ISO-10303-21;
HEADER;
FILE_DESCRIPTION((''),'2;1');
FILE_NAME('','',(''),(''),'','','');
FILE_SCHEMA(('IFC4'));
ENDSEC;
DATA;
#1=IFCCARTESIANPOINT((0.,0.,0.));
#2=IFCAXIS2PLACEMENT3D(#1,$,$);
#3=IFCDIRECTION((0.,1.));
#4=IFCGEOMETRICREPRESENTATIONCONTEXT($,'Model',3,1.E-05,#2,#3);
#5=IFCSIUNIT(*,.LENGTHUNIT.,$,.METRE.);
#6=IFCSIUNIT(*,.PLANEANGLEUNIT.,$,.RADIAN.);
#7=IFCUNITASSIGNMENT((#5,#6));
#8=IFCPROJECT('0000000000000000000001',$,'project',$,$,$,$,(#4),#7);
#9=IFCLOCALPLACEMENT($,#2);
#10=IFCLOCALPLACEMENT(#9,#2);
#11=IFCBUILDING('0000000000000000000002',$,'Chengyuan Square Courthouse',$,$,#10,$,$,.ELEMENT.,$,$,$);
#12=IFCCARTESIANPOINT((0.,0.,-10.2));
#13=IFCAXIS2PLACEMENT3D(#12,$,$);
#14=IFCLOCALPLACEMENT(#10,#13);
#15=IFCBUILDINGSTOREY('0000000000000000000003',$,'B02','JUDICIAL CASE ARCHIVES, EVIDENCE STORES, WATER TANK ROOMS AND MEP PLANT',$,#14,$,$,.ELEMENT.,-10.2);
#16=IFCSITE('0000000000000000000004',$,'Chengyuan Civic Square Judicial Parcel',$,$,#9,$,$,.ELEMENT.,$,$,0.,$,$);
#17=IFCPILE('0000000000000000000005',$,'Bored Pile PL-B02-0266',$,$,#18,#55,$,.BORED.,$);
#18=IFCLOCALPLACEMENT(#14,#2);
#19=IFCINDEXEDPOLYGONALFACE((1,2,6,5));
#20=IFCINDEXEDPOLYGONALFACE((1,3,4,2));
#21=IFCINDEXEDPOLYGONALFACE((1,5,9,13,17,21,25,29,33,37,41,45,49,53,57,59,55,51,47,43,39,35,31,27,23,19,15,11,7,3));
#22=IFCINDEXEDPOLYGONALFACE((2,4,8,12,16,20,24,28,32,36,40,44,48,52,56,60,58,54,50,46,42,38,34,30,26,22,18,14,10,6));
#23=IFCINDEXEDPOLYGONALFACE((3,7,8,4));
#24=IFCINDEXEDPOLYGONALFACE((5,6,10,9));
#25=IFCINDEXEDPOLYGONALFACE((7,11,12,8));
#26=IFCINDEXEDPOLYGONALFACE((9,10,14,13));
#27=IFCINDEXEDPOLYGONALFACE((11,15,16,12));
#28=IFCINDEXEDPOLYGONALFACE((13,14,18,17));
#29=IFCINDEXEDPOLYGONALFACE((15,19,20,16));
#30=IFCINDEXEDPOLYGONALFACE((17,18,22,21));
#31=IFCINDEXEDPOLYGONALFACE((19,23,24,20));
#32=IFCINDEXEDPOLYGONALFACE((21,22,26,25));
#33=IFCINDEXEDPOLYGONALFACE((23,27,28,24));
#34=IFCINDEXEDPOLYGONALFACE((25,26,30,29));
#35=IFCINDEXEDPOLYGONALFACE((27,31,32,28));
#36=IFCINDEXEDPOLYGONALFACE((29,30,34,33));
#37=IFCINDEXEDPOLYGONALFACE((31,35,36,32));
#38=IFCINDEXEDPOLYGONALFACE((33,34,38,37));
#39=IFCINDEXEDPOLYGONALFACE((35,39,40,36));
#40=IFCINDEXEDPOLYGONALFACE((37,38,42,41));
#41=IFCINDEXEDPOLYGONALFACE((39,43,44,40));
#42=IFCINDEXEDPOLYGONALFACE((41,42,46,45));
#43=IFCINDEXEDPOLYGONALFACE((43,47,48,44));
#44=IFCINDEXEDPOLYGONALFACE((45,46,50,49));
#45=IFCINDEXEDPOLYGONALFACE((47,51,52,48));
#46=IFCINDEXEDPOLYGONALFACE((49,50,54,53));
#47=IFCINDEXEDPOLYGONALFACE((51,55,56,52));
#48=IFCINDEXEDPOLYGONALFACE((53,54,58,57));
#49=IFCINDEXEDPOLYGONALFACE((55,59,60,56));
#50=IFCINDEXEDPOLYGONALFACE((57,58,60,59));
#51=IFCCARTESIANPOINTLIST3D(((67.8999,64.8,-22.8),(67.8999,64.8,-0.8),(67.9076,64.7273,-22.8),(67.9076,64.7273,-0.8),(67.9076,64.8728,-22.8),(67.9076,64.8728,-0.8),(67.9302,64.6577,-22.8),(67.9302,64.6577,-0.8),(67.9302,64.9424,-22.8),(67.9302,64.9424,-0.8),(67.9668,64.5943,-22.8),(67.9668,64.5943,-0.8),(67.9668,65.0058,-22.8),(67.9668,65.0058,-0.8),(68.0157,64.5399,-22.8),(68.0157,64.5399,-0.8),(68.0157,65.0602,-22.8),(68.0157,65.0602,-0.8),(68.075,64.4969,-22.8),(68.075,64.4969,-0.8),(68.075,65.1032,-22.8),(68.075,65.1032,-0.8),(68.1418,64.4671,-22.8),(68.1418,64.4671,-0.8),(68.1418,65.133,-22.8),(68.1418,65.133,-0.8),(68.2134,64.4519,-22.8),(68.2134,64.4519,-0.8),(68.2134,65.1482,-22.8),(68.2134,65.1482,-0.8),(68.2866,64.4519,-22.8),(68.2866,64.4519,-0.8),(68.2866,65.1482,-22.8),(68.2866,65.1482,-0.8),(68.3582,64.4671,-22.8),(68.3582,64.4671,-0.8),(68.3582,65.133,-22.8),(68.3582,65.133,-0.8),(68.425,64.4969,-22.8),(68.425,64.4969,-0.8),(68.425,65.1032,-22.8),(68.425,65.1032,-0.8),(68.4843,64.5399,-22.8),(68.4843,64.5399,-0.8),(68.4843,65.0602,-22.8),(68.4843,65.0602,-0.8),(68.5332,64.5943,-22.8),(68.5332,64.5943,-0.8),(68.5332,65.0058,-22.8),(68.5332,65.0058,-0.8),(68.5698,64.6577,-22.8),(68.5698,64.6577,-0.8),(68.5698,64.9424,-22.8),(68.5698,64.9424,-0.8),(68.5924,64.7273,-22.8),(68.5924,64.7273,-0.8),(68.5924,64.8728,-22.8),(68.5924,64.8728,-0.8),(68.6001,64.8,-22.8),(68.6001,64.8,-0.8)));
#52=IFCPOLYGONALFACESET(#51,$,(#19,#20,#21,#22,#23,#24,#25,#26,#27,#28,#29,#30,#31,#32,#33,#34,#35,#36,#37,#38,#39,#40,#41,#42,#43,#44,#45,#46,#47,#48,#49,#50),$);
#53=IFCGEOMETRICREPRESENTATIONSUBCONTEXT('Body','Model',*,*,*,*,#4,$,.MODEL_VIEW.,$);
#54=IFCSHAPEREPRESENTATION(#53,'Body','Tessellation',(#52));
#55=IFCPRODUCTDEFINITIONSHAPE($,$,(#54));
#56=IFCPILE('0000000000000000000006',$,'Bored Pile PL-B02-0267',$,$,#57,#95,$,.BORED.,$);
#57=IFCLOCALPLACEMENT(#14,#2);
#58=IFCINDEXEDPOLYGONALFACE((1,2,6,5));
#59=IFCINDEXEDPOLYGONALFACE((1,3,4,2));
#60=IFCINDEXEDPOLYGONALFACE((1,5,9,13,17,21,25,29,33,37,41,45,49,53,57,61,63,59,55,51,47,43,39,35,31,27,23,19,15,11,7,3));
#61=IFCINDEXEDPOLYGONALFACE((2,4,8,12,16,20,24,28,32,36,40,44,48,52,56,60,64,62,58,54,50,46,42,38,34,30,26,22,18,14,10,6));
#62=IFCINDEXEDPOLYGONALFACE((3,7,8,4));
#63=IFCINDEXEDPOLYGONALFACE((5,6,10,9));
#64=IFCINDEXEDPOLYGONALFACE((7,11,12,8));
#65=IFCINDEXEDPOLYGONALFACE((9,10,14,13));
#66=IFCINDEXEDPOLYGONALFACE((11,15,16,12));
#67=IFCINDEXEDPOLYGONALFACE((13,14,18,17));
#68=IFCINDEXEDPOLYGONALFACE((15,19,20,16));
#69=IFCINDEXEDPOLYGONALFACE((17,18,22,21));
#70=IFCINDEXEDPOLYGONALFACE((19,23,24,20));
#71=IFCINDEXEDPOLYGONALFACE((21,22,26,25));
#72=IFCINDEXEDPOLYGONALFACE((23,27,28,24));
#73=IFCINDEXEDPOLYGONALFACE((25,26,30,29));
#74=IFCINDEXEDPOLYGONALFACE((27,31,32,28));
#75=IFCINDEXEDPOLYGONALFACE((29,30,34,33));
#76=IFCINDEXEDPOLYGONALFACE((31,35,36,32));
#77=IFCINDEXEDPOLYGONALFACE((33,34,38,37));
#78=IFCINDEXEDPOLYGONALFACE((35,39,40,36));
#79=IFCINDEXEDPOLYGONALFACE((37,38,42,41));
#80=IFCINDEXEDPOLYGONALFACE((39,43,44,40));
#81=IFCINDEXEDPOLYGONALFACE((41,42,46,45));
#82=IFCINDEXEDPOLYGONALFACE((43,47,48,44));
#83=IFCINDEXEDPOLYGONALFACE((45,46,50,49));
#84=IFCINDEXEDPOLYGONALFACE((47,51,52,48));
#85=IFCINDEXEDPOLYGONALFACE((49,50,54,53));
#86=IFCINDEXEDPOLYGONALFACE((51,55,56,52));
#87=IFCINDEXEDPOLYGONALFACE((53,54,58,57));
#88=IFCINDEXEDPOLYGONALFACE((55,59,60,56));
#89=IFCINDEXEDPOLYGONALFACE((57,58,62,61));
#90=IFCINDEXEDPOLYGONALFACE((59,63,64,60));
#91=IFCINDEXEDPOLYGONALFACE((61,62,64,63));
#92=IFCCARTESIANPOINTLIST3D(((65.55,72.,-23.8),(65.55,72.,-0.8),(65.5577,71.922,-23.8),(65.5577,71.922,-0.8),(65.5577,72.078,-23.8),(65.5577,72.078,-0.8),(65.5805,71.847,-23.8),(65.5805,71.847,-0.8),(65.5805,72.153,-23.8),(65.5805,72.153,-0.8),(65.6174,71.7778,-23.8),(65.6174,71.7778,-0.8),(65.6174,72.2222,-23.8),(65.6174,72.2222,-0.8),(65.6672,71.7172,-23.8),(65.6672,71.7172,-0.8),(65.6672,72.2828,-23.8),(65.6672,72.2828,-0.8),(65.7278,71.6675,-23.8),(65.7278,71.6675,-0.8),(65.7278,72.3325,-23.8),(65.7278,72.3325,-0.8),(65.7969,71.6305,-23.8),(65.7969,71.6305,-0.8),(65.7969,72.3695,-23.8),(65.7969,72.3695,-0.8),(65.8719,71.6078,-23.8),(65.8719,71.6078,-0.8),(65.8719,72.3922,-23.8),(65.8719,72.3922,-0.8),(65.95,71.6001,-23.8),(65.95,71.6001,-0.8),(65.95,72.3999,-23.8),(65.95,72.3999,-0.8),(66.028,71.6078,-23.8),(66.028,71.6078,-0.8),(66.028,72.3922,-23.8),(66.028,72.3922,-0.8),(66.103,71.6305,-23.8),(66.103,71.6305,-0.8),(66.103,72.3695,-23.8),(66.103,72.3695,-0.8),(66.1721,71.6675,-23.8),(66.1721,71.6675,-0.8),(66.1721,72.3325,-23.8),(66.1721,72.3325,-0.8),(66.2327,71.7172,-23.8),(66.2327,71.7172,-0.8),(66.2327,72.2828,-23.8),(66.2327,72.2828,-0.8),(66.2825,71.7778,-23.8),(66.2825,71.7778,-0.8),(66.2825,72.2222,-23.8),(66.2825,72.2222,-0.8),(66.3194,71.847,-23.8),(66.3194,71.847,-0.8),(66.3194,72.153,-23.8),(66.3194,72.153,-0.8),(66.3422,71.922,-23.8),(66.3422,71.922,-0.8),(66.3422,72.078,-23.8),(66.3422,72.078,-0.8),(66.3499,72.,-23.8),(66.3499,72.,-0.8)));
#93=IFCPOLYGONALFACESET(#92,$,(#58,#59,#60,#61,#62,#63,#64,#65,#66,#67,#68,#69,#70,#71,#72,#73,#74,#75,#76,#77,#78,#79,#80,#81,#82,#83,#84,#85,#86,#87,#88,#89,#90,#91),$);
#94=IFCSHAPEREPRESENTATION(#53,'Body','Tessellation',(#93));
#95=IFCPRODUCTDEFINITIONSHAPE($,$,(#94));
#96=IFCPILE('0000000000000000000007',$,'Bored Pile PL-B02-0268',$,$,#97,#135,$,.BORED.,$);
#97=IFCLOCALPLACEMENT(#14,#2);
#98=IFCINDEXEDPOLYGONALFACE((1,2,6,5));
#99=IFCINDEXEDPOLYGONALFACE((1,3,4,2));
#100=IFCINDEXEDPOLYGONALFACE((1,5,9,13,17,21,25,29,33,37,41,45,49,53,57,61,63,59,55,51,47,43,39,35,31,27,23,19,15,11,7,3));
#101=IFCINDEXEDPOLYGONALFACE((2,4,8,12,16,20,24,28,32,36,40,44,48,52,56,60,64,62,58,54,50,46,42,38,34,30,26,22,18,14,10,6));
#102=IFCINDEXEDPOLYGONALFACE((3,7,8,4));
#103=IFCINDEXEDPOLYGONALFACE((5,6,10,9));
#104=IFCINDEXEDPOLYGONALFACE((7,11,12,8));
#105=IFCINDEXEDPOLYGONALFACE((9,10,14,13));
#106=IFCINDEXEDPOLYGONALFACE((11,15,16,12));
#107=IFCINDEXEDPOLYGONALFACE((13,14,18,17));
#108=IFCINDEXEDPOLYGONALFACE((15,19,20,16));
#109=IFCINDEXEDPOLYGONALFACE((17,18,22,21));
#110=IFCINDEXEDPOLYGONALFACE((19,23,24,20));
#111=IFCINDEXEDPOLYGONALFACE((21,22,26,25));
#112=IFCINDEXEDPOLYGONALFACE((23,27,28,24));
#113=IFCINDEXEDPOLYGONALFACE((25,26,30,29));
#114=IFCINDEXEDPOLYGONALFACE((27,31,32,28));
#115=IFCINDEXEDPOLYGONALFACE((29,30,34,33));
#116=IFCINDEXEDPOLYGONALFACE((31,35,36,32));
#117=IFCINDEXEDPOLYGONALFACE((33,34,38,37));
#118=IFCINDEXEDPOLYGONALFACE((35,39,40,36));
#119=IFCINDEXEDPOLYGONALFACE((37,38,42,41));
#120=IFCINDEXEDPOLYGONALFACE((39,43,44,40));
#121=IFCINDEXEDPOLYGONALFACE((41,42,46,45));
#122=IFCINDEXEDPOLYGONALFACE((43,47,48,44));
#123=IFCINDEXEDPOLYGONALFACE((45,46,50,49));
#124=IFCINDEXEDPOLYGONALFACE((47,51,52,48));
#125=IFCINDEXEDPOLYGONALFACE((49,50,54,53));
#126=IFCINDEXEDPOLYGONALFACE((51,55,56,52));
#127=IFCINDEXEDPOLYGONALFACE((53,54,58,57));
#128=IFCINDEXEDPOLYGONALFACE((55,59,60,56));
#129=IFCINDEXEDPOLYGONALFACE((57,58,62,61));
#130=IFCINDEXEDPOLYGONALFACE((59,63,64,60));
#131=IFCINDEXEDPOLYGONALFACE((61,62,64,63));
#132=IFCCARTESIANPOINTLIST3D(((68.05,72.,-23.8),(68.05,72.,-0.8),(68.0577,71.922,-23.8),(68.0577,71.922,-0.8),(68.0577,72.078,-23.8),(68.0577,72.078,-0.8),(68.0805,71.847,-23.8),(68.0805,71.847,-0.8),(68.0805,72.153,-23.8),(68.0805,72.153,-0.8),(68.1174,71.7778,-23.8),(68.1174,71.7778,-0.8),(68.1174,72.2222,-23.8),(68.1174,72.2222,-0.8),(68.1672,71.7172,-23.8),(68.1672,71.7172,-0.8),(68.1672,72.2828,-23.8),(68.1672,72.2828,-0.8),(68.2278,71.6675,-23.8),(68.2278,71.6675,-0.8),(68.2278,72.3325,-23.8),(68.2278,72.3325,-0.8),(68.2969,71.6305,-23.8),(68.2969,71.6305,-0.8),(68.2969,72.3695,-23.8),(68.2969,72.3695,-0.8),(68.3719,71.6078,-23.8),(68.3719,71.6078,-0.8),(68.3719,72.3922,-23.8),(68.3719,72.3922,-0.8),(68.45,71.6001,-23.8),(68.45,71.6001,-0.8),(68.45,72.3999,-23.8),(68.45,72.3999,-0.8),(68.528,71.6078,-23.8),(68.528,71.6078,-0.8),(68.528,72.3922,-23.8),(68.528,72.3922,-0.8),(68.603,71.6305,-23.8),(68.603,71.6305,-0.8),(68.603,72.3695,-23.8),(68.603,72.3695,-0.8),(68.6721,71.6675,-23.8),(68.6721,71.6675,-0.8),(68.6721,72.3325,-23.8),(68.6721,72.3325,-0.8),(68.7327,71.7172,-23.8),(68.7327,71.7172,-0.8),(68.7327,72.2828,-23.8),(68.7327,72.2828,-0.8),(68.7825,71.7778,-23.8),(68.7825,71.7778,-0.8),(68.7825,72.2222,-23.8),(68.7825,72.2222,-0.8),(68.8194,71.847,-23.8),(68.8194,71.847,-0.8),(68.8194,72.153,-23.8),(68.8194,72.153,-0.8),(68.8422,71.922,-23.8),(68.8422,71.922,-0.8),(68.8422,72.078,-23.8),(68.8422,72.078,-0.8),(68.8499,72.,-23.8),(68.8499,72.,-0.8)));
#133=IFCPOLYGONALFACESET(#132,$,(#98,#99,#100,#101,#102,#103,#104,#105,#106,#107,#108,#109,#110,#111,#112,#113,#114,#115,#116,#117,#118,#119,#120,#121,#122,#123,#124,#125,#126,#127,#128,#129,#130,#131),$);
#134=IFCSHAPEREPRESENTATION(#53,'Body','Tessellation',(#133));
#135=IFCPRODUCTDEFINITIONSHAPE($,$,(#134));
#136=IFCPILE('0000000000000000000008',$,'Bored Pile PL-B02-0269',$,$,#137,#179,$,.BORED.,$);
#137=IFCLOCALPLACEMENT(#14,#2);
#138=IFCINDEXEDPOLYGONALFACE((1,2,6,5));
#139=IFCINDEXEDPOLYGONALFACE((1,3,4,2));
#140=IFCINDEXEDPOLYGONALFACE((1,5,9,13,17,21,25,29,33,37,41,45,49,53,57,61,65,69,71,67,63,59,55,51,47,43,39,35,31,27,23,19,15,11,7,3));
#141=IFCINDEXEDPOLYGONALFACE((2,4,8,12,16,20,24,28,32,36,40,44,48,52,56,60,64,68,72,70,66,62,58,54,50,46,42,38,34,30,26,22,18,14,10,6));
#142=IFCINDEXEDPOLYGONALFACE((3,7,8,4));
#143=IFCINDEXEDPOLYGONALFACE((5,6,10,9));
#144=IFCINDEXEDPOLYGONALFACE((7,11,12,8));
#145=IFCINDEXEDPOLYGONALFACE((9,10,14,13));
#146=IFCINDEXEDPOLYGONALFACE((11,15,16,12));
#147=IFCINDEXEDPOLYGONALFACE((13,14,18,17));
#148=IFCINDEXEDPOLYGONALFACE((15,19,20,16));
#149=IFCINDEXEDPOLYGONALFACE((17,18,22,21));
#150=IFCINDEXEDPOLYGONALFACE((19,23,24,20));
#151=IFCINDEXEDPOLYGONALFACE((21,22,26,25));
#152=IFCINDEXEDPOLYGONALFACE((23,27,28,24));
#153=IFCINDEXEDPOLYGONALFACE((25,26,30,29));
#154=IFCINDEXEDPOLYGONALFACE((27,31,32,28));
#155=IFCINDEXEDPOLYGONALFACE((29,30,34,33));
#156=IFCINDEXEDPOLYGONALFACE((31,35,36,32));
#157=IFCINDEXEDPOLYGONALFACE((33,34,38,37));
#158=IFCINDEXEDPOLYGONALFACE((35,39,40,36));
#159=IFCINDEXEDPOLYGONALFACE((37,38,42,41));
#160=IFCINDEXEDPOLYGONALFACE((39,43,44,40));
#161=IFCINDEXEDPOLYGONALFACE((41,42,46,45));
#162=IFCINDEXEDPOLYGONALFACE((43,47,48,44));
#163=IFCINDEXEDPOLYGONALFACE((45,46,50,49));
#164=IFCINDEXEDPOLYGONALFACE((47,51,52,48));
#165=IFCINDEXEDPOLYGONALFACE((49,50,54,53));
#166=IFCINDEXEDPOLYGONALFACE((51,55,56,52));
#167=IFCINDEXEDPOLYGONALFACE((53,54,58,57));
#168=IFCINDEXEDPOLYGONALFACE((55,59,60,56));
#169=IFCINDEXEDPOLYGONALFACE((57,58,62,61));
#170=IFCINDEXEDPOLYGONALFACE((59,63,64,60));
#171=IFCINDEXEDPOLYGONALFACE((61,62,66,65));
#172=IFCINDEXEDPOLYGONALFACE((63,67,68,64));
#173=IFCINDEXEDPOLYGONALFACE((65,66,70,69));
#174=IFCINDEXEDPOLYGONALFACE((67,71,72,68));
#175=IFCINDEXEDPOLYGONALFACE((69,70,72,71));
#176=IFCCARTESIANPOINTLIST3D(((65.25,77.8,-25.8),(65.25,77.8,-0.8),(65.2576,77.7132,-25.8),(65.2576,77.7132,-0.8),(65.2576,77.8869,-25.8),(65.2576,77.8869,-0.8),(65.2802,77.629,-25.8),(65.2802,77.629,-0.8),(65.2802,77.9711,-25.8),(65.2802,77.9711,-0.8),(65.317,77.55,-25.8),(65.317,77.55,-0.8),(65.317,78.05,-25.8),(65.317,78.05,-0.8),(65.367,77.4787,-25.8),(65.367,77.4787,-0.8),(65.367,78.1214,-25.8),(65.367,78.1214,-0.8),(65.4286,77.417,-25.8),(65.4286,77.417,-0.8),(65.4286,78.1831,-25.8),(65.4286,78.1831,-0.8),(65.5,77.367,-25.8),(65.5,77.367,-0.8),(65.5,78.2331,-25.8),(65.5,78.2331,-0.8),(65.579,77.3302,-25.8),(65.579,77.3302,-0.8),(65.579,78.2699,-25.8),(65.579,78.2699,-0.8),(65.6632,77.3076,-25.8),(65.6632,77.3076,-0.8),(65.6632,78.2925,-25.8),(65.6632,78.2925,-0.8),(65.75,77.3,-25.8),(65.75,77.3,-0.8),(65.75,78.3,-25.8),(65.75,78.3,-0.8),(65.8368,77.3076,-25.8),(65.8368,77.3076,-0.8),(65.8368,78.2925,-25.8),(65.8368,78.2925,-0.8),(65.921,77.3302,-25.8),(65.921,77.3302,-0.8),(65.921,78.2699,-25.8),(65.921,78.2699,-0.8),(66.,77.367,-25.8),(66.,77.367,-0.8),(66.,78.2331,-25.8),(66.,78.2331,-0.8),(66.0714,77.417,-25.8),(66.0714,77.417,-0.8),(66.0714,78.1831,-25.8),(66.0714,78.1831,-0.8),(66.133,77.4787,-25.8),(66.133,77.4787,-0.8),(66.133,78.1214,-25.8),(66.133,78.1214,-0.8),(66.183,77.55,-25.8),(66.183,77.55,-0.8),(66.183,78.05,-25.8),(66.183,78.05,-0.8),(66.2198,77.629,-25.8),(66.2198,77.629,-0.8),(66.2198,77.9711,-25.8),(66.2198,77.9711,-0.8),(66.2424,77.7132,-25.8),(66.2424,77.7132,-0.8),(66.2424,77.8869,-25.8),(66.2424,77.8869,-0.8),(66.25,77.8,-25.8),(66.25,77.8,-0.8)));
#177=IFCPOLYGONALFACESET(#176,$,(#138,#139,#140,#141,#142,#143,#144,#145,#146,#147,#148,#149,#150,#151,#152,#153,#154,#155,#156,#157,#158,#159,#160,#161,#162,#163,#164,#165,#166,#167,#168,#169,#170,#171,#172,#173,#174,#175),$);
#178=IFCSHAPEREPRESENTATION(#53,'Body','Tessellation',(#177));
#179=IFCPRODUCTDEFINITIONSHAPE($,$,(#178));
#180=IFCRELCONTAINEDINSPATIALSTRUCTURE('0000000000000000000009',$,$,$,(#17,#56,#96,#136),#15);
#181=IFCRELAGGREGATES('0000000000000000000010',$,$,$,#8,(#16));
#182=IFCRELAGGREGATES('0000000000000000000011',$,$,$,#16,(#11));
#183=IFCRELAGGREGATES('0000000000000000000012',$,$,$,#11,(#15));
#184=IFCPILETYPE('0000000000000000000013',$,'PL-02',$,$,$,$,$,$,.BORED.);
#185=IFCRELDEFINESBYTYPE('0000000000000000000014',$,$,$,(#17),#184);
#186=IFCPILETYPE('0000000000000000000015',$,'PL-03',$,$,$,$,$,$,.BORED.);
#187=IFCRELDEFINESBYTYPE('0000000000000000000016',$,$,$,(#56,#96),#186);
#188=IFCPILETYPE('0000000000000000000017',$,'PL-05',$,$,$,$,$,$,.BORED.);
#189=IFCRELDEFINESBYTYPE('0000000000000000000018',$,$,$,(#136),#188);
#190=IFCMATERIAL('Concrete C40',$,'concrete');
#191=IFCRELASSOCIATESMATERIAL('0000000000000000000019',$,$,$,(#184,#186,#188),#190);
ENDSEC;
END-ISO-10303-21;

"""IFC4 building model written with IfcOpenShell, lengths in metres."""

from ifc_helpers import new_model, si_unit, direction, frame, origin, origin_2d, place, context, subcontext, project, spatial, circle, extrude, material, material_profile, profile_set, type_object, element, save


model = new_model("IFC4")

# Units and contexts
model_context = context("Model", 3, precision=1e-05, world=origin(), true_north=direction((0.0, 1.0)))
body_context = subcontext(model_context, "Body", "Model", "MODEL_VIEW")
ifc_project = project(units=[si_unit("LENGTHUNIT", "METRE"), si_unit("PLANEANGLEUNIT", "RADIAN")], contexts=[model_context])

# Site, building, storey
site_placement = place(None, origin())
site = spatial("IfcSite", under=ifc_project, at=site_placement, Name="Chengyuan Civic Square Judicial Parcel", CompositionType="ELEMENT", RefElevation=0.0)
building_placement = place(site_placement, origin())
building = spatial("IfcBuilding", under=site, at=building_placement, Name="Chengyuan Square Courthouse", CompositionType="ELEMENT")
storey_placement = place(building_placement, frame((0.0, 0.0, -10.2)))
storey = spatial("IfcBuildingStorey", under=building, at=storey_placement, Name="B02", Description="JUDICIAL CASE ARCHIVES, EVIDENCE STORES, WATER TANK ROOMS AND MEP PLANT", CompositionType="ELEMENT", Elevation=-10.2)

# Shared definitions
ifc_material_1 = material(Name="Concrete C40", Category="concrete")

# Piles
ifc_material_profile_1 = material_profile(ifc_material_1, circle(Radius=0.3501, at=origin_2d()), Name="BORED PILE D700")
ifc_profile_set_1 = profile_set([ifc_material_profile_1], Name="Concrete C40")
pile_type_1 = type_object("IfcPileType", Name="PL-02", PredefinedType="BORED", material=ifc_profile_set_1)
for number, where, z_axis, x_axis, name in (
    (1, (68.25, 64.8, -0.8), (0.0, 0.0, -1.0), (1.0, 0.0, 0.0), "Bored Pile PL-B02-0266"),
):
    element("IfcPile", number, at=place(storey_placement, frame(where, z_axis=z_axis, x_axis=x_axis)), inside=storey, type_object=pile_type_1, Name=name, PredefinedType="BORED", context=body_context, shape_type="SweptSolid", body=[
        extrude(circle(Radius=0.3501, at=origin_2d()), origin(), (0.0, 0.0, 1.0), 22.0),
    ])
ifc_material_profile_2 = material_profile(ifc_material_1, circle(Radius=0.3999, at=origin_2d()), Name="BORED PILE D800")
ifc_profile_set_2 = profile_set([ifc_material_profile_2], Name="Concrete C40")
pile_type_2 = type_object("IfcPileType", Name="PL-03", PredefinedType="BORED", material=ifc_profile_set_2)
for number, where, z_axis, x_axis, name in (
    (2, (65.95, 72.0, -0.8), (0.0, 0.0, -1.0), (1.0, 0.0, 0.0), "Bored Pile PL-B02-0267"),
    (3, (68.45, 72.0, -0.8), (0.0, 0.0, -1.0), (1.0, 0.0, 0.0), "Bored Pile PL-B02-0268"),
):
    element("IfcPile", number, at=place(storey_placement, frame(where, z_axis=z_axis, x_axis=x_axis)), inside=storey, type_object=pile_type_2, Name=name, PredefinedType="BORED", context=body_context, shape_type="SweptSolid", body=[
        extrude(circle(Radius=0.3999, at=origin_2d()), origin(), (0.0, 0.0, 1.0), 23.0),
    ])
ifc_material_profile_3 = material_profile(ifc_material_1, circle(Radius=0.5, at=origin_2d()), Name="BORED PILE D1000")
ifc_profile_set_3 = profile_set([ifc_material_profile_3], Name="Concrete C40")
pile_type_3 = type_object("IfcPileType", Name="PL-05", PredefinedType="BORED", material=ifc_profile_set_3)
for number, where, z_axis, x_axis, name in (
    (4, (65.75, 77.8, -0.8), (0.0, 0.0, -1.0), (1.0, 0.0, 0.0), "Bored Pile PL-B02-0269"),
):
    element("IfcPile", number, at=place(storey_placement, frame(where, z_axis=z_axis, x_axis=x_axis)), inside=storey, type_object=pile_type_3, Name=name, PredefinedType="BORED", context=body_context, shape_type="SweptSolid", body=[
        extrude(circle(Radius=0.5, at=origin_2d()), origin(), (0.0, 0.0, 1.0), 25.0),
    ])

save(model, "model.ifc")
